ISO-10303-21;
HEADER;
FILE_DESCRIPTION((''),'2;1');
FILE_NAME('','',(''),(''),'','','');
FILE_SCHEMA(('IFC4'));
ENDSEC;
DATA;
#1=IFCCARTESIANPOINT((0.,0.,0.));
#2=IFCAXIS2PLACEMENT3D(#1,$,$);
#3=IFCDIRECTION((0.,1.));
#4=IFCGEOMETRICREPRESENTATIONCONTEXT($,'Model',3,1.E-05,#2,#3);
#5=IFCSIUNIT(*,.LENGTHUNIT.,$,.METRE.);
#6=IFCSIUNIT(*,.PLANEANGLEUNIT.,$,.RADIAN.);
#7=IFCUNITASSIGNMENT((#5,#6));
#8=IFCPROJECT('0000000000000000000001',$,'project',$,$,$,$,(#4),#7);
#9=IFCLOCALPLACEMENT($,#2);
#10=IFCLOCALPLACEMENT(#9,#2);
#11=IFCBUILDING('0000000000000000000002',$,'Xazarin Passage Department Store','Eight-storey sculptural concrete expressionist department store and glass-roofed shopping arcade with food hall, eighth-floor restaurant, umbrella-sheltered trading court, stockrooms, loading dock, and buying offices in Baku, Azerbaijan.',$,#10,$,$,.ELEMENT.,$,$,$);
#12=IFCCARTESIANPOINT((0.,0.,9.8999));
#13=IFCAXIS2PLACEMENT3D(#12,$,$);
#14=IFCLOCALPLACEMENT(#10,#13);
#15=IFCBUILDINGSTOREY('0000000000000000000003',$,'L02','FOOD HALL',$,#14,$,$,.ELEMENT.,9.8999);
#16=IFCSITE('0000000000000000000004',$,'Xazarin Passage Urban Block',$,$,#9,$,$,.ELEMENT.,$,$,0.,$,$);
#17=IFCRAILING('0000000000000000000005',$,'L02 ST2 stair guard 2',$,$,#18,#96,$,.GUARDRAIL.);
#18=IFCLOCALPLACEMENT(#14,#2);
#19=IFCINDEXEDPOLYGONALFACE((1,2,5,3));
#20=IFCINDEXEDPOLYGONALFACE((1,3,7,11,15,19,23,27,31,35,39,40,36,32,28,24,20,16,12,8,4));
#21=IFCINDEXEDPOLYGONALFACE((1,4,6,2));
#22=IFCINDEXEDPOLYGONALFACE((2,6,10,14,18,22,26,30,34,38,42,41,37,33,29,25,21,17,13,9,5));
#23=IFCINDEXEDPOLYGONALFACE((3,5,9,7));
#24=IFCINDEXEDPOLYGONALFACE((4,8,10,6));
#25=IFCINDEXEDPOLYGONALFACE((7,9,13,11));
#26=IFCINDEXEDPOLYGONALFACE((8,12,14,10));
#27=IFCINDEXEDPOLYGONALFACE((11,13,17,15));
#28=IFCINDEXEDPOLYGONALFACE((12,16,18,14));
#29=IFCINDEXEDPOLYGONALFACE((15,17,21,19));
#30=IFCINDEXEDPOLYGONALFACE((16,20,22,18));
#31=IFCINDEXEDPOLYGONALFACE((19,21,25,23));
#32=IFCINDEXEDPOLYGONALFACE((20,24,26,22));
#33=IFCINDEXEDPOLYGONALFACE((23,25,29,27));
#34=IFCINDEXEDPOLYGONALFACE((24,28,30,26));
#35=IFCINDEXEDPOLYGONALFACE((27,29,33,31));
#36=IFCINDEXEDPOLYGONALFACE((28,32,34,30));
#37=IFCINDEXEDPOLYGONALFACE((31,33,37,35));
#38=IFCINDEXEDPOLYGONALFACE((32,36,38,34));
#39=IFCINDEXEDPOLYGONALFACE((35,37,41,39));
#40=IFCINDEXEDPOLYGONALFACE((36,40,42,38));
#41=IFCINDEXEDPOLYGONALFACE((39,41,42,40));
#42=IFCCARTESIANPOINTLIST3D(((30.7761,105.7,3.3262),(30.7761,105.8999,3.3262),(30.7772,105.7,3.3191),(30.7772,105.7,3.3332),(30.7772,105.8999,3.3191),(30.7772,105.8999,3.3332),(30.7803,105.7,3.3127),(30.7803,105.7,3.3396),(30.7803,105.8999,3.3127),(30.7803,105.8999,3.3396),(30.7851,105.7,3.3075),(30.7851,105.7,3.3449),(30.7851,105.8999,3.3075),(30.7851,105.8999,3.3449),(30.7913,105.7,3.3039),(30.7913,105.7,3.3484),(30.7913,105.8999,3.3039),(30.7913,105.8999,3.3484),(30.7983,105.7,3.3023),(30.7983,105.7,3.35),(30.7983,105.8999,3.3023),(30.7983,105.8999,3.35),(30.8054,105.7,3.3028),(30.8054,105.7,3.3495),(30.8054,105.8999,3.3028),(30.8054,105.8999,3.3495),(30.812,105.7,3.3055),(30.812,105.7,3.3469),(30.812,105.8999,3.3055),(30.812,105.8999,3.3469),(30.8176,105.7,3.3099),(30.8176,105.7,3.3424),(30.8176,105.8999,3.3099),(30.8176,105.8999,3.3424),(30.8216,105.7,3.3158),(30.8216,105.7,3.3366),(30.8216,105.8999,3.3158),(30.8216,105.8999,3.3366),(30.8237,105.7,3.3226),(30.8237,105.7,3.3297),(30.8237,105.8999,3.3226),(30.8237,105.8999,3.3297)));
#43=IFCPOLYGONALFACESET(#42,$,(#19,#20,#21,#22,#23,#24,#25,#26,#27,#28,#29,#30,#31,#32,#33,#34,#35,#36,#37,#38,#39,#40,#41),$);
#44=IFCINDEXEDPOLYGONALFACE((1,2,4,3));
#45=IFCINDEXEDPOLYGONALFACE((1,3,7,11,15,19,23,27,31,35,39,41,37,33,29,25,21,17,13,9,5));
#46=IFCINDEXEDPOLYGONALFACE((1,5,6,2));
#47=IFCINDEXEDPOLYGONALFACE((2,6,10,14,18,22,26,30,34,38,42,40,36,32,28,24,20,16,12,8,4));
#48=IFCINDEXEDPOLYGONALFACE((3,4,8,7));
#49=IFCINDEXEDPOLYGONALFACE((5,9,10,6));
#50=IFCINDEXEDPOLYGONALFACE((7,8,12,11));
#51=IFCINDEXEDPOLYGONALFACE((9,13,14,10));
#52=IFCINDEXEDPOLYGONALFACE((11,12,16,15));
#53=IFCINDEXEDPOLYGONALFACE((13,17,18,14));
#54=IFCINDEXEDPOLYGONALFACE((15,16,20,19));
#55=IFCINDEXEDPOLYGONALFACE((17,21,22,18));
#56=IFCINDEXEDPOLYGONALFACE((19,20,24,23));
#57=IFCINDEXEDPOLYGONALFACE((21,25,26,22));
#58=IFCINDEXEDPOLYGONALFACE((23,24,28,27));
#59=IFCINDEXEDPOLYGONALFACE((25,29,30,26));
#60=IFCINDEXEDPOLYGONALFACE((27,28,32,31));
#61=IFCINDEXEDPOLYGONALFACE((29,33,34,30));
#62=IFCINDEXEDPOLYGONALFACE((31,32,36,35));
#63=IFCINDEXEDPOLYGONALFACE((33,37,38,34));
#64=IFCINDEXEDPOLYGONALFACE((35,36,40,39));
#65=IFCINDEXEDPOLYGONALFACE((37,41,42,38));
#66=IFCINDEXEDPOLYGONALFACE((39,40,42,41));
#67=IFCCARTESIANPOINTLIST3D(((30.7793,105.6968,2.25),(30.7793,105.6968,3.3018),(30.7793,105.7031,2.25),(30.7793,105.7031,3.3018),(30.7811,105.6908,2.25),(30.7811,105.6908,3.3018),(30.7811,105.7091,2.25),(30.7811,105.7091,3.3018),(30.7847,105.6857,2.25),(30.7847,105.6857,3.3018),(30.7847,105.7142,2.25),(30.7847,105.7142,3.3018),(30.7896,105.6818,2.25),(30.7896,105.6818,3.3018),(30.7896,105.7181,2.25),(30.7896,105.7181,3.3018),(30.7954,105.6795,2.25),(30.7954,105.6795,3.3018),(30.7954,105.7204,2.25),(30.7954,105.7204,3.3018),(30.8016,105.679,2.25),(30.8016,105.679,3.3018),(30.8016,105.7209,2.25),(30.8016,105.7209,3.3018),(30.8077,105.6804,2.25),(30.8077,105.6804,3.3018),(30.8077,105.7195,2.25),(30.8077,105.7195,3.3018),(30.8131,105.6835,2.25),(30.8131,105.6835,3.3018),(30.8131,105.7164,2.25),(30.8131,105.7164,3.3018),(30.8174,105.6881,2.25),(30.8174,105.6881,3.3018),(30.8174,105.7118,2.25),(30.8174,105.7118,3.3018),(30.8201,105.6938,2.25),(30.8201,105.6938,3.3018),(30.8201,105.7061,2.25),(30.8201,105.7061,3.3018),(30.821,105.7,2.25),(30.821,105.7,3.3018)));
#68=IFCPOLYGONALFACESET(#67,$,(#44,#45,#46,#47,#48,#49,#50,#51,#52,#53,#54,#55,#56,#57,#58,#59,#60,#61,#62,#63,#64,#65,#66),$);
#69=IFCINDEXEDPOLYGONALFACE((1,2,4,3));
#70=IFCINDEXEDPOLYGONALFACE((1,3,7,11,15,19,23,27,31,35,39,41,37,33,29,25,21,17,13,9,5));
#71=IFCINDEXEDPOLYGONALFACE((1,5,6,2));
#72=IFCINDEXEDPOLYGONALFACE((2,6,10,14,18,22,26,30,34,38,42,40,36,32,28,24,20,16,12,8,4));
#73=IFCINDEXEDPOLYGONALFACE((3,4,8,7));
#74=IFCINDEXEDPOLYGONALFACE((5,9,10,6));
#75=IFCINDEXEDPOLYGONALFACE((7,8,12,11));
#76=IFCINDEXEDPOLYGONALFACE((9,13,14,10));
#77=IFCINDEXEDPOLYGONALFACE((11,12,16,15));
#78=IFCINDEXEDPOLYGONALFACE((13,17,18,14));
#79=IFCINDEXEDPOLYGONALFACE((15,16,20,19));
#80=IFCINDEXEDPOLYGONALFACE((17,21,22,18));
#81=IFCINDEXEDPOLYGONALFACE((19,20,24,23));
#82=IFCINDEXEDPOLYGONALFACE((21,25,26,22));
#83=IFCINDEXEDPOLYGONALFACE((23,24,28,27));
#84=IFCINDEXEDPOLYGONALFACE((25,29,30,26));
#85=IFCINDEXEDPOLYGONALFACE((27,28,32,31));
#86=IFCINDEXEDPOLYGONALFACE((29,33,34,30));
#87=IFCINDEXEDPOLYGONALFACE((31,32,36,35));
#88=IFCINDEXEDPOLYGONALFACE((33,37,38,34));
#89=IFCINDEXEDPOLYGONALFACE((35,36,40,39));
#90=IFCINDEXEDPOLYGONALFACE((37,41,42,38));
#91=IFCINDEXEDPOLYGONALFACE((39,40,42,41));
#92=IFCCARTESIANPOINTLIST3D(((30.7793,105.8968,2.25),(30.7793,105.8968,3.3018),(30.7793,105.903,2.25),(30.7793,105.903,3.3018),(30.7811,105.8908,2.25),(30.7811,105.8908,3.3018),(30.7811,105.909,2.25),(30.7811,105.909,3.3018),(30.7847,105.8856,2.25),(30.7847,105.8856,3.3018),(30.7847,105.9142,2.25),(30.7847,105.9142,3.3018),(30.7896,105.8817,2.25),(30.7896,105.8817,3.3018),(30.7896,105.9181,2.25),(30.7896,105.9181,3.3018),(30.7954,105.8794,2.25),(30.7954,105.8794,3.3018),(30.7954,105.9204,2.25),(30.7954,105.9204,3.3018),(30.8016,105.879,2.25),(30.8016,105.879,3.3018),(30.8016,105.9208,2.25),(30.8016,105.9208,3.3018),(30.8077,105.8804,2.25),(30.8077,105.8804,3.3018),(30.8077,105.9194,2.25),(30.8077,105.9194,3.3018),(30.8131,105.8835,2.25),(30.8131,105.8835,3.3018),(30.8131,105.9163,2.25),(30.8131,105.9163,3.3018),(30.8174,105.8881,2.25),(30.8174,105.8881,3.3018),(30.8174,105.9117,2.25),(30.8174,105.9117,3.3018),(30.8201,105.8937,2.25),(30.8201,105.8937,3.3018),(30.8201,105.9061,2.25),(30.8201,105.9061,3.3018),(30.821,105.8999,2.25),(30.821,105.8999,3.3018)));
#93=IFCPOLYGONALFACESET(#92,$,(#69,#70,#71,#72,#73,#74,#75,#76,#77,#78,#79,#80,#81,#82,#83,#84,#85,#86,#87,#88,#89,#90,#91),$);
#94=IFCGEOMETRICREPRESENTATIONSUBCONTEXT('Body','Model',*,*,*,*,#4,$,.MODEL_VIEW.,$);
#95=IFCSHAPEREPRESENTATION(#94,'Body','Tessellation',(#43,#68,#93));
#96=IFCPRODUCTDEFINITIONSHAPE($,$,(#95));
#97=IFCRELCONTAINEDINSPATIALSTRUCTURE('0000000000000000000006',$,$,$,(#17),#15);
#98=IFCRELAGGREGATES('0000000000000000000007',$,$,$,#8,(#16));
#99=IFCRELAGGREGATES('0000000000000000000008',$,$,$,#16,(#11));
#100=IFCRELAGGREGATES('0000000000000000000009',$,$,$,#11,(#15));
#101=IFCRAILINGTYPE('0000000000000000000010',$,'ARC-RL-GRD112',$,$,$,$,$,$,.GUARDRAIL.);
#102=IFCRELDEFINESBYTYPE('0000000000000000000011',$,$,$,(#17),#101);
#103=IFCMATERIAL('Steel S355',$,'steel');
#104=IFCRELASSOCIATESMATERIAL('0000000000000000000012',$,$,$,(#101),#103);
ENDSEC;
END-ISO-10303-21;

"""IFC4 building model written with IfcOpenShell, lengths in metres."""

from ifc_helpers import new_model, si_unit, direction, frame, origin, origin_2d, place, context, subcontext, project, spatial, circle, extrude, material, type_object, element, save


model = new_model("IFC4")

# Units and contexts
model_context = context("Model", 3, precision=1e-05, world=origin(), true_north=direction((0.0, 1.0)))
body_context = subcontext(model_context, "Body", "Model", "MODEL_VIEW")
ifc_project = project(units=[si_unit("LENGTHUNIT", "METRE"), si_unit("PLANEANGLEUNIT", "RADIAN")], contexts=[model_context])

# Site, building, storey
site_placement = place(None, origin())
site = spatial("IfcSite", under=ifc_project, at=site_placement, Name="Xazarin Passage Urban Block", CompositionType="ELEMENT", RefElevation=0.0)
building_placement = place(site_placement, origin())
building = spatial("IfcBuilding", under=site, at=building_placement, Name="Xazarin Passage Department Store", Description="Eight-storey sculptural concrete expressionist department store and glass-roofed shopping arcade with food hall, eighth-floor restaurant, umbrella-sheltered trading court, stockrooms, loading dock, and buying offices in Baku, Azerbaijan.", CompositionType="ELEMENT")
storey_placement = place(building_placement, frame((0.0, 0.0, 9.8999)))
storey = spatial("IfcBuildingStorey", under=building, at=storey_placement, Name="L02", Description="FOOD HALL", CompositionType="ELEMENT", Elevation=9.8999)

# Railing
ifc_material_1 = material(Name="Steel S355", Category="steel")
railing_type_1 = type_object("IfcRailingType", Name="ARC-RL-GRD112", PredefinedType="GUARDRAIL", material=ifc_material_1)
railing_1_placement = place(storey_placement, frame((30.8, 105.7, 2.25)))
element("IfcRailing", 1, at=railing_1_placement, inside=storey, type_object=railing_type_1, Name="L02 ST2 stair guard 2", PredefinedType="GUARDRAIL", context=body_context, shape_type="SweptSolid", body=[
    extrude(circle(Radius=0.0239, at=origin_2d()), frame((0.0, 0.0, 1.0762), z_axis=(0.0, 1.0, 0.0), x_axis=(-1.0, 0.0, 0.0)), (0.0, 0.0, 1.0), 0.2),
    extrude(circle(Radius=0.021, at=origin_2d()), origin(), (0.0, 0.0, 1.0), 1.0518),
    extrude(circle(Radius=0.021, at=origin_2d()), frame((0.0, 0.2, 0.0)), (0.0, 0.0, 1.0), 1.0518),
])

save(model, "model.ifc")
